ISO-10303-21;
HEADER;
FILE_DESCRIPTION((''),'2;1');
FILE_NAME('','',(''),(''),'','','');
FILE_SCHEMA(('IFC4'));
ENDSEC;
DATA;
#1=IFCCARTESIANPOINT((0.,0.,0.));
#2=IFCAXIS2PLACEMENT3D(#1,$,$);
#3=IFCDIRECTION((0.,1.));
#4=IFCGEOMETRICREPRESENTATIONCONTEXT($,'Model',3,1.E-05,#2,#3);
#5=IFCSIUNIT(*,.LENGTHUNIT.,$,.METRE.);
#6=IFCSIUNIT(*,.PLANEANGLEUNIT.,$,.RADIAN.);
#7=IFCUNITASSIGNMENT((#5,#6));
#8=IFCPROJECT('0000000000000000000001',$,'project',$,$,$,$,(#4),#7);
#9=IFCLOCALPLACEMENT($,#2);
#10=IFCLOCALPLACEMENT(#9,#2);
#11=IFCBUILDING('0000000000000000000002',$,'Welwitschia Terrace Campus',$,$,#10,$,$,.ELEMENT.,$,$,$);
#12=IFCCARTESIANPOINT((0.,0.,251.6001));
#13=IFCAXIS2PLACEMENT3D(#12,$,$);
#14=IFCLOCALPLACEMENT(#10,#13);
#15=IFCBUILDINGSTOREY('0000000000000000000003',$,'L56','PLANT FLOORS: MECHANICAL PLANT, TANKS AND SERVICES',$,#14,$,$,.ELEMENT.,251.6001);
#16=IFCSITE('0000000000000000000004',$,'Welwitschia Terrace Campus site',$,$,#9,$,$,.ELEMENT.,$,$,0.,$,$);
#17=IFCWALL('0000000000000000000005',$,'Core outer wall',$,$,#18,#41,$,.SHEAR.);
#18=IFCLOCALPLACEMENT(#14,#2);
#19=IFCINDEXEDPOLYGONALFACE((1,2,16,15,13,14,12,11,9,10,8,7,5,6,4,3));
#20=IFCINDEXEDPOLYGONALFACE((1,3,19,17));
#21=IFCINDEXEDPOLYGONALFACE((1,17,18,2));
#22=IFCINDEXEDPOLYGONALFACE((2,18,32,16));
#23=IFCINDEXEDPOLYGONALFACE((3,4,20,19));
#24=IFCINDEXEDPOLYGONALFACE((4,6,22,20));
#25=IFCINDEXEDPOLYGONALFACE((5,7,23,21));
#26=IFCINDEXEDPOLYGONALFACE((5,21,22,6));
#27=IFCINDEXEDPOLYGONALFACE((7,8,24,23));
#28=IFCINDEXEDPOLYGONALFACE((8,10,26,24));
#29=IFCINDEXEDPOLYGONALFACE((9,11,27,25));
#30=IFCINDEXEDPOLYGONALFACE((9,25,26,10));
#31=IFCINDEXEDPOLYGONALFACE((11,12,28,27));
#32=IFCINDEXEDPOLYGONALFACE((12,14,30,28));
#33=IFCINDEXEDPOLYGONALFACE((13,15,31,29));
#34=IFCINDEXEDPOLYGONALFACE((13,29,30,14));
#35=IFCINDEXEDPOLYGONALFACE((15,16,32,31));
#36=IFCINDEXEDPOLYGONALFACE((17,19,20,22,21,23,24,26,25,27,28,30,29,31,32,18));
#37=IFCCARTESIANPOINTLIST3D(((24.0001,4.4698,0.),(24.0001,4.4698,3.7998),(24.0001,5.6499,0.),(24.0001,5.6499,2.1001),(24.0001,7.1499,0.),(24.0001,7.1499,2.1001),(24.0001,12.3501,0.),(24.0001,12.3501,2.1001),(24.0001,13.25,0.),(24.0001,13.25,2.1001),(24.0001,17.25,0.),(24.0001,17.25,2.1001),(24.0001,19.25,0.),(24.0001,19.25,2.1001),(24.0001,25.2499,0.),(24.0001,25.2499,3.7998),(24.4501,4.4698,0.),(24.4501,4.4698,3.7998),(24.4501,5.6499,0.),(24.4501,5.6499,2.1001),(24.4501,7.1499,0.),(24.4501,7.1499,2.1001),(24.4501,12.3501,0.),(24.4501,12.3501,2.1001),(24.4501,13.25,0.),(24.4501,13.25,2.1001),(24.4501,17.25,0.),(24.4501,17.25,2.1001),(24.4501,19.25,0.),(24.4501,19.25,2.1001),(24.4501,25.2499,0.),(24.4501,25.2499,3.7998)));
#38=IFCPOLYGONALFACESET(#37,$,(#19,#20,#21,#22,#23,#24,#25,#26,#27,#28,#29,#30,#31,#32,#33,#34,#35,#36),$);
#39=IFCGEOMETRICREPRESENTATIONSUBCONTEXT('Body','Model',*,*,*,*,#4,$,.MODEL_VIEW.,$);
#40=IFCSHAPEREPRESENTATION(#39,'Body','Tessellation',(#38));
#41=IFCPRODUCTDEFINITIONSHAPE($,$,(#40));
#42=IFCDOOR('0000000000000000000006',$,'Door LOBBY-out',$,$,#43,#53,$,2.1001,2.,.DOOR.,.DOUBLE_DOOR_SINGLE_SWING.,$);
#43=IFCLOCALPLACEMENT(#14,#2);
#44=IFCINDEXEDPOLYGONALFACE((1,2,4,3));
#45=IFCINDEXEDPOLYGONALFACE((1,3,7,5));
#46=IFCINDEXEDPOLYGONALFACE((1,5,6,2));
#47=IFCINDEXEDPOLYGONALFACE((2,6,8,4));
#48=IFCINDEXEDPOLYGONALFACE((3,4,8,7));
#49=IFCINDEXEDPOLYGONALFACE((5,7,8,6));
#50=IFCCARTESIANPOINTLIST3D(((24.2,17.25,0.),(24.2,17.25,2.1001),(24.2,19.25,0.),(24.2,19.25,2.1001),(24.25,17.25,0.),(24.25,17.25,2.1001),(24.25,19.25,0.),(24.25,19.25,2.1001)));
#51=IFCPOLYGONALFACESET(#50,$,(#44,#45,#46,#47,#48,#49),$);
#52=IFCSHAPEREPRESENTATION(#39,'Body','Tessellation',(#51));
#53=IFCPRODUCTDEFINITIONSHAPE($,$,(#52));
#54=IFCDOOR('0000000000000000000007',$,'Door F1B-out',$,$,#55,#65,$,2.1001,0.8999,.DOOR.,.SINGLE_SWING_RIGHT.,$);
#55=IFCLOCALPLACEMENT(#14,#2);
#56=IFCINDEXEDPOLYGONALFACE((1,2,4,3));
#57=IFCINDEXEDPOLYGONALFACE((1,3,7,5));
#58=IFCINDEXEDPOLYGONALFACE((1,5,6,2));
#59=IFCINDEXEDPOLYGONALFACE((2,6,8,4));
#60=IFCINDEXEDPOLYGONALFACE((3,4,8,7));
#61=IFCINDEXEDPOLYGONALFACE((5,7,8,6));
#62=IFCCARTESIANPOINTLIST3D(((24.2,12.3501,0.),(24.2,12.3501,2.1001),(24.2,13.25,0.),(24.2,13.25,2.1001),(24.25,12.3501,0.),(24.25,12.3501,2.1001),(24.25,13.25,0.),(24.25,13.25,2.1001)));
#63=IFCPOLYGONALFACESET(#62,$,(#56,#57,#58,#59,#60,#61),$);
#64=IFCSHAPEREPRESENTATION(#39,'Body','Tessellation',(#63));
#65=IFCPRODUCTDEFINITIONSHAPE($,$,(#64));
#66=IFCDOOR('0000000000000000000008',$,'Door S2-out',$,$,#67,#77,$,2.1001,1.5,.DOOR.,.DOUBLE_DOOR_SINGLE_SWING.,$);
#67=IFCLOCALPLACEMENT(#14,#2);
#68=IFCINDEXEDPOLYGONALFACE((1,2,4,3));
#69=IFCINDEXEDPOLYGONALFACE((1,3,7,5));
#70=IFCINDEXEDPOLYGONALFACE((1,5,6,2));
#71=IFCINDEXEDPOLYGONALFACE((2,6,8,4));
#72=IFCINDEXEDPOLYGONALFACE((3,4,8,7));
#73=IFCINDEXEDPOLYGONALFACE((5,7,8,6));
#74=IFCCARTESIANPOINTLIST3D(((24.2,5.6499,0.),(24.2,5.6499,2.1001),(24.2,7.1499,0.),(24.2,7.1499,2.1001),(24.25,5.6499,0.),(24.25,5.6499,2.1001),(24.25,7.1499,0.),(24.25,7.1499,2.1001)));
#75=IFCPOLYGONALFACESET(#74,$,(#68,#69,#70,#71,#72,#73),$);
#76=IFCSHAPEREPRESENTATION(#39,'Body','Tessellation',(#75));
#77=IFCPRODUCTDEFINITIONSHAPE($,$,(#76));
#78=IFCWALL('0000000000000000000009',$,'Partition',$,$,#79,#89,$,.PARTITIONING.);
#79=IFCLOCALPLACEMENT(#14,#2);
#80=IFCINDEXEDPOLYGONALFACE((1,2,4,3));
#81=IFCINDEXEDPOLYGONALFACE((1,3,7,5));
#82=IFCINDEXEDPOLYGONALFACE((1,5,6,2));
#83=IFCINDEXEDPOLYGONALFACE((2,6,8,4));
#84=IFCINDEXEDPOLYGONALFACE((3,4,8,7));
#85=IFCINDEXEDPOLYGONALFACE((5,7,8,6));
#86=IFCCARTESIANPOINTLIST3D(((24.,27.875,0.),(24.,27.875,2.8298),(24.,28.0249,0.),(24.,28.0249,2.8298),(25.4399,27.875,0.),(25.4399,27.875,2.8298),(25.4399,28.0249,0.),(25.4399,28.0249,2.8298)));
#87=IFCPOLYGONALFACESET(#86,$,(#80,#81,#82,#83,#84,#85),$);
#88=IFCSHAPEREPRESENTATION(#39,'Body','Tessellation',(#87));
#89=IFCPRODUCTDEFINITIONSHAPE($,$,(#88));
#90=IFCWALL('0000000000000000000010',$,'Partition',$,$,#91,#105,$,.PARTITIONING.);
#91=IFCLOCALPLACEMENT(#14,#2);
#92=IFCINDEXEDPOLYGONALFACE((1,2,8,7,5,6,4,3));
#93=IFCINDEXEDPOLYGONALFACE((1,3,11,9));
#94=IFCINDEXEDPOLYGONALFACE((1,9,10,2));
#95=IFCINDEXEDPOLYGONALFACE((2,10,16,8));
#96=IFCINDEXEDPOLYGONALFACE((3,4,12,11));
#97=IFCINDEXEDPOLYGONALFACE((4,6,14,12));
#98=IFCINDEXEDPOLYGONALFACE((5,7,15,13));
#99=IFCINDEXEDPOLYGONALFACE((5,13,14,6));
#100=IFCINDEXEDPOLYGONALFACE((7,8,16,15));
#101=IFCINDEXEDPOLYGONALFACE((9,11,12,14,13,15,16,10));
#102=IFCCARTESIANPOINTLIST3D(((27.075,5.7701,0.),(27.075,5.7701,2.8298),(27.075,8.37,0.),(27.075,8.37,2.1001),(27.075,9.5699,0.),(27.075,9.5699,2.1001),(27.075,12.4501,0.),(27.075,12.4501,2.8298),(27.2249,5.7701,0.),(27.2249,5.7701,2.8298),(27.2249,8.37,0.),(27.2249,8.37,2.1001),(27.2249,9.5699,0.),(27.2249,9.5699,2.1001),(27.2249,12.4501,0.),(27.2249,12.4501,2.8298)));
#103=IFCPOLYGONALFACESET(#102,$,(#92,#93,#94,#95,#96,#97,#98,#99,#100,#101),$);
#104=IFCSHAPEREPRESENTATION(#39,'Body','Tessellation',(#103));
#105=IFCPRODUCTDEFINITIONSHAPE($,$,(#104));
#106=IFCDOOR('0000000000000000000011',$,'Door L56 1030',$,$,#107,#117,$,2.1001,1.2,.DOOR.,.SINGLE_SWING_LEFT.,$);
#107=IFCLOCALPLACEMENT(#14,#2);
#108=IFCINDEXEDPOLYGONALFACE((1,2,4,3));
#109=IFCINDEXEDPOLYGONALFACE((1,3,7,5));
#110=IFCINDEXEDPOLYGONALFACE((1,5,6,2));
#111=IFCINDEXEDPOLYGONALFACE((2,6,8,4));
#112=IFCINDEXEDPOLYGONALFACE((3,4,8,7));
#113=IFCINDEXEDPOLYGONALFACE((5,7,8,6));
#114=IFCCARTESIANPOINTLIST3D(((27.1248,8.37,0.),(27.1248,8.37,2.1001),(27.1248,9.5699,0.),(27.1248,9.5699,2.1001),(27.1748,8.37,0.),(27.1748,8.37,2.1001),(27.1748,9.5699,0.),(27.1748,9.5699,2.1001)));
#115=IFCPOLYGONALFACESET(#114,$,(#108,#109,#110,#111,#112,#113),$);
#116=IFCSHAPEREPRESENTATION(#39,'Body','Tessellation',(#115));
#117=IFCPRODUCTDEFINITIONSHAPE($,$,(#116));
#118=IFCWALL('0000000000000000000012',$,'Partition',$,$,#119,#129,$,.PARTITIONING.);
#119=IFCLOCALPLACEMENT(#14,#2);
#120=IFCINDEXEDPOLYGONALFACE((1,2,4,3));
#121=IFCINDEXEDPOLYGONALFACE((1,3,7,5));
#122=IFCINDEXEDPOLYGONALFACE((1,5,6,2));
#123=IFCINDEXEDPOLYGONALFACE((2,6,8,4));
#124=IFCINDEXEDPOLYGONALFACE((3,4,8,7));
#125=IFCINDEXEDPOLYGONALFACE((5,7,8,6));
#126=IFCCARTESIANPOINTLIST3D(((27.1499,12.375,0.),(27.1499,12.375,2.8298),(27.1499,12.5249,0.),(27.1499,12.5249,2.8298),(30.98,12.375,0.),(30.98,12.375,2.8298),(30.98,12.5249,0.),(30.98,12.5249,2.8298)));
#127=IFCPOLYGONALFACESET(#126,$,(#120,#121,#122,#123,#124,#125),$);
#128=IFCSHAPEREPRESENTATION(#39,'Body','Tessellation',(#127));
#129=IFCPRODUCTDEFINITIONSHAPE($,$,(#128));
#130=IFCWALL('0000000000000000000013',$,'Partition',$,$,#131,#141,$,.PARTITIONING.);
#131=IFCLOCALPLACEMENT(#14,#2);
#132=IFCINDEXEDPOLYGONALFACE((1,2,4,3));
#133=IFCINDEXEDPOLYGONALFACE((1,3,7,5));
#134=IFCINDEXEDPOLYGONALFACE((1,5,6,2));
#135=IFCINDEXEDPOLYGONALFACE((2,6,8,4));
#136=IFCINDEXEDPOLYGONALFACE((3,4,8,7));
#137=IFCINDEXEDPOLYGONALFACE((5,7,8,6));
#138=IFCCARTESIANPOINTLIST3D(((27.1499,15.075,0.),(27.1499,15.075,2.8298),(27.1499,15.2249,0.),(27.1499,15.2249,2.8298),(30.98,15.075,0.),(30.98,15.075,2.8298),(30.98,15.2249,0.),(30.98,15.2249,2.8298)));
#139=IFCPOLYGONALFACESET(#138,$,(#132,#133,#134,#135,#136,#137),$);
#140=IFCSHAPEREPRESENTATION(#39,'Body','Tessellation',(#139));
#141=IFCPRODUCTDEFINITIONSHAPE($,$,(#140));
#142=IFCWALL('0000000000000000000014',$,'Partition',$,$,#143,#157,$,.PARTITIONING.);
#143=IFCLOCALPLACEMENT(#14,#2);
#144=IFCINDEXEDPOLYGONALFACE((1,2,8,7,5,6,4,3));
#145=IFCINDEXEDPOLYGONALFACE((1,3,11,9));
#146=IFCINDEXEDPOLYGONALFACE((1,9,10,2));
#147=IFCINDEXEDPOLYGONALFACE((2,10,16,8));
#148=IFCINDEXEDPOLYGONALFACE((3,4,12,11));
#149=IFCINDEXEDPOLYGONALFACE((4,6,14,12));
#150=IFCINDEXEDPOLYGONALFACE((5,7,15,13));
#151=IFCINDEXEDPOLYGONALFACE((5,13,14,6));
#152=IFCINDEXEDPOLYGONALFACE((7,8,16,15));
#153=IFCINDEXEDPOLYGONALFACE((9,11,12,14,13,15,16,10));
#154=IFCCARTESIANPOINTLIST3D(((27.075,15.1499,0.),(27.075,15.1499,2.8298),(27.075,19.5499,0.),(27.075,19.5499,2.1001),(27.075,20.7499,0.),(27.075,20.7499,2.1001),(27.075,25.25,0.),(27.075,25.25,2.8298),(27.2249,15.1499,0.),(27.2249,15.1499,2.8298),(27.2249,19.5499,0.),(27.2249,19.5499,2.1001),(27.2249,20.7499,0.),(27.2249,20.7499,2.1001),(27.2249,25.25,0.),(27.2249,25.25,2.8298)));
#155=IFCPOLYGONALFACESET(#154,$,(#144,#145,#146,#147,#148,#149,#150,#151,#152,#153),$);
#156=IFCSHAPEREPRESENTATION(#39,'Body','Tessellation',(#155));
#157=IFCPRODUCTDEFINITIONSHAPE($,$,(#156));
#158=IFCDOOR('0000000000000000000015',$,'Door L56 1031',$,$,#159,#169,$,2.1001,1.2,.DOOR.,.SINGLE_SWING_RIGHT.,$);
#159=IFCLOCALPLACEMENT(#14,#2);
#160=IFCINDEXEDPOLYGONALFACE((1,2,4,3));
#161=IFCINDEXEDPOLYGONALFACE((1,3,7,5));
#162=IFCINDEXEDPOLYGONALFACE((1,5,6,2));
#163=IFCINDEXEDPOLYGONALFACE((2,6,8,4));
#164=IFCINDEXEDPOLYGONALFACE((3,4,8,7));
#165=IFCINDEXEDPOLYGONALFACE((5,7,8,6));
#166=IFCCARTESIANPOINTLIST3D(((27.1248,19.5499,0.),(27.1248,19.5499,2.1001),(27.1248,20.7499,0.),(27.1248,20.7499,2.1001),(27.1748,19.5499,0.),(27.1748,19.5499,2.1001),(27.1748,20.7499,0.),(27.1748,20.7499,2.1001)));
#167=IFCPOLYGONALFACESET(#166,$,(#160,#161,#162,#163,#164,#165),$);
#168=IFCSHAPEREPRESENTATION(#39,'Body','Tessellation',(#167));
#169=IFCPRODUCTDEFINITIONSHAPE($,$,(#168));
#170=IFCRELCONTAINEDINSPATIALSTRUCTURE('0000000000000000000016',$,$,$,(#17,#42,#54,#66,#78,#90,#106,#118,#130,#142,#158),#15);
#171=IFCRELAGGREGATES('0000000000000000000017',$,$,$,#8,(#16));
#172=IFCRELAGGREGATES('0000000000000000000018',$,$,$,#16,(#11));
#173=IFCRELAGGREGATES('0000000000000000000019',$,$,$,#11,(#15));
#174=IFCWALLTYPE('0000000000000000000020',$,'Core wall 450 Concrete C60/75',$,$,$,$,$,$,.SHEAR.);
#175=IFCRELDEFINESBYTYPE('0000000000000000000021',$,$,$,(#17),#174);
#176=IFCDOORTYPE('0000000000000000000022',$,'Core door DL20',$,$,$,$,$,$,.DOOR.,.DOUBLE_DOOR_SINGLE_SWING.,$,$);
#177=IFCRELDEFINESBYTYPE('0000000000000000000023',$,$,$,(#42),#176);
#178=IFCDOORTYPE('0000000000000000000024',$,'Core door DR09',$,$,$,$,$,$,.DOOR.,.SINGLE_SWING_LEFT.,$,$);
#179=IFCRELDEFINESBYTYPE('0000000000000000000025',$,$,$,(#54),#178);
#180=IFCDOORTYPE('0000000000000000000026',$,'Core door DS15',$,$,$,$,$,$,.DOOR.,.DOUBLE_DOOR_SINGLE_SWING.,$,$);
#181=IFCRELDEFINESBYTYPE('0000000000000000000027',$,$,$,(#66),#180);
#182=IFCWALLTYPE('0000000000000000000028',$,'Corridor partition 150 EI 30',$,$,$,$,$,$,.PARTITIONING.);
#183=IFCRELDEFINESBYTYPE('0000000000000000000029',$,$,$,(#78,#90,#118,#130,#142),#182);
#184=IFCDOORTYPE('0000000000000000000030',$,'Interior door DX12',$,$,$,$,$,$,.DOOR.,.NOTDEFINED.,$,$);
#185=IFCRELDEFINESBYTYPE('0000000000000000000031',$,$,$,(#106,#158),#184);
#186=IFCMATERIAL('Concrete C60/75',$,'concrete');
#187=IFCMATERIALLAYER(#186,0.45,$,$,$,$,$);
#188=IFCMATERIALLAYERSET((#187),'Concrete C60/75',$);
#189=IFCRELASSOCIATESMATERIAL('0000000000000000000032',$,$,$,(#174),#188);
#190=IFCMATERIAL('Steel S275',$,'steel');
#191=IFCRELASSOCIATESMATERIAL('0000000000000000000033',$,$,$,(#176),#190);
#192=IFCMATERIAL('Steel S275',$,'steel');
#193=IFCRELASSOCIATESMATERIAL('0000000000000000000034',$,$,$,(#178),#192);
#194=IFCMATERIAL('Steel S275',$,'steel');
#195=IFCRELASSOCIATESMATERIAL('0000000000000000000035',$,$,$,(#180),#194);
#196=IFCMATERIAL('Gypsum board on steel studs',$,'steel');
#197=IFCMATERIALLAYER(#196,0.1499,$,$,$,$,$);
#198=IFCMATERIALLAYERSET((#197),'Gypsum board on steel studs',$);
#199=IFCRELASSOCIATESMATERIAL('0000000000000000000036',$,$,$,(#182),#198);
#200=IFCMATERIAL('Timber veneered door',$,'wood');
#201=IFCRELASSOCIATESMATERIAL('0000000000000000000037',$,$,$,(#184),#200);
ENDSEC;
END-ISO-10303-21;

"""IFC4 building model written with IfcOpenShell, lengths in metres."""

from ifc_helpers import new_model, si_unit, direction, frame, frame_2d, origin, place, context, subcontext, project, spatial, rectangle, extrude, material, layer, layer_set, type_object, element, fill, save


model = new_model("IFC4")

# Units and contexts
model_context = context("Model", 3, precision=1e-05, world=origin(), true_north=direction((0.0, 1.0)))
body_context = subcontext(model_context, "Body", "Model", "MODEL_VIEW")
ifc_project = project(units=[si_unit("LENGTHUNIT", "METRE"), si_unit("PLANEANGLEUNIT", "RADIAN")], contexts=[model_context])

# Site, building, storey
site_placement = place(None, origin())
site = spatial("IfcSite", under=ifc_project, at=site_placement, Name="Welwitschia Terrace Campus site", CompositionType="ELEMENT", RefElevation=0.0)
building_placement = place(site_placement, origin())
building = spatial("IfcBuilding", under=site, at=building_placement, Name="Welwitschia Terrace Campus", CompositionType="ELEMENT")
storey_placement = place(building_placement, frame((0.0, 0.0, 251.6001)))
storey = spatial("IfcBuildingStorey", under=building, at=storey_placement, Name="L56", Description="PLANT FLOORS: MECHANICAL PLANT, TANKS AND SERVICES", CompositionType="ELEMENT", Elevation=251.6001)

# Wall, openings, doors
ifc_material_1 = material(Name="Concrete C60/75", Category="concrete")
ifc_layer_1 = layer(ifc_material_1, 0.45)
ifc_layer_set_1 = layer_set([ifc_layer_1], Name="Concrete C60/75")
wall_type_1 = type_object("IfcWallType", Name="Core wall 450 Concrete C60/75", PredefinedType="SHEAR", material=ifc_layer_set_1)
wall_1_placement = place(storey_placement, frame((24.2251, 25.25, 0.0), z_axis=(0.0, 0.0, 1.0), x_axis=(0.0, -1.0, 0.0)))
wall_1 = element("IfcWall", 1, at=wall_1_placement, inside=storey, type_object=wall_type_1, Name="Core outer wall", PredefinedType="SHEAR", context=body_context, shape_type="SweptSolid", body=[
    extrude(rectangle(XDim=20.78, YDim=0.45, at=frame_2d((10.3901, 0.0))), origin(), (0.0, 0.0, 1.0), 3.7998),
])
opening_1_placement = place(wall_1_placement, frame((18.1001, 0.0, 0.0)))
opening_1 = element("IfcOpeningElement", 2, at=opening_1_placement, cuts=wall_1, PredefinedType="OPENING", context=body_context, shape_type="SweptSolid", body=[
    extrude(rectangle(XDim=1.5, YDim=2.1001, at=frame_2d((0.75, 1.05))), frame((0.0, 0.2349, 0.0), z_axis=(0.0, -1.0, 0.0), x_axis=(1.0, 0.0, 0.0)), (0.0, 0.0, 1.0), 0.47),
])
opening_2_placement = place(wall_1_placement, frame((12.0, 0.0, 0.0)))
opening_2 = element("IfcOpeningElement", 3, at=opening_2_placement, cuts=wall_1, PredefinedType="OPENING", context=body_context, shape_type="SweptSolid", body=[
    extrude(rectangle(XDim=0.8999, YDim=2.1001, at=frame_2d((0.45, 1.05))), frame((0.0, 0.2349, 0.0), z_axis=(0.0, -1.0, 0.0), x_axis=(1.0, 0.0, 0.0)), (0.0, 0.0, 1.0), 0.47),
])
opening_3_placement = place(wall_1_placement, frame((6.0, 0.0, 0.0)))
opening_3 = element("IfcOpeningElement", 4, at=opening_3_placement, cuts=wall_1, PredefinedType="OPENING", context=body_context, shape_type="SweptSolid", body=[
    extrude(rectangle(XDim=2.0, YDim=2.1001, at=frame_2d((1.0, 1.05))), frame((0.0, 0.2349, 0.0), z_axis=(0.0, -1.0, 0.0), x_axis=(1.0, 0.0, 0.0)), (0.0, 0.0, 1.0), 0.47),
])
ifc_material_2 = material(Name="Steel S275", Category="steel")
door_type_1 = type_object("IfcDoorType", Name="Core door DL20", OperationType="DOUBLE_DOOR_SINGLE_SWING", PredefinedType="DOOR", material=ifc_material_2)
door_1_placement = place(opening_3_placement, origin())
door_1 = element("IfcDoor", 5, at=door_1_placement, inside=storey, type_object=door_type_1, Name="Door LOBBY-out", OperationType="DOUBLE_DOOR_SINGLE_SWING", OverallHeight=2.1001, OverallWidth=2.0, PredefinedType="DOOR", context=body_context, shape_type="SweptSolid", body=[
    extrude(rectangle(XDim=2.0, YDim=2.1001, at=frame_2d((1.0, 1.05))), frame((0.0, 0.0249, 0.0), z_axis=(0.0, -1.0, 0.0), x_axis=(1.0, 0.0, 0.0)), (0.0, 0.0, 1.0), 0.05),
])
fill(opening_3, door_1)
ifc_material_3 = material(Name="Steel S275", Category="steel")
door_type_2 = type_object("IfcDoorType", Name="Core door DR09", OperationType="SINGLE_SWING_LEFT", PredefinedType="DOOR", material=ifc_material_3)
door_2_placement = place(opening_2_placement, origin())
door_2 = element("IfcDoor", 6, at=door_2_placement, inside=storey, type_object=door_type_2, Name="Door F1B-out", OperationType="SINGLE_SWING_RIGHT", OverallHeight=2.1001, OverallWidth=0.8999, PredefinedType="DOOR", context=body_context, shape_type="SweptSolid", body=[
    extrude(rectangle(XDim=0.8999, YDim=2.1001, at=frame_2d((0.45, 1.05))), frame((0.0, 0.0249, 0.0), z_axis=(0.0, -1.0, 0.0), x_axis=(1.0, 0.0, 0.0)), (0.0, 0.0, 1.0), 0.05),
])
fill(opening_2, door_2)
ifc_material_4 = material(Name="Steel S275", Category="steel")
door_type_3 = type_object("IfcDoorType", Name="Core door DS15", OperationType="DOUBLE_DOOR_SINGLE_SWING", PredefinedType="DOOR", material=ifc_material_4)
door_3_placement = place(opening_1_placement, origin())
door_3 = element("IfcDoor", 7, at=door_3_placement, inside=storey, type_object=door_type_3, Name="Door S2-out", OperationType="DOUBLE_DOOR_SINGLE_SWING", OverallHeight=2.1001, OverallWidth=1.5, PredefinedType="DOOR", context=body_context, shape_type="SweptSolid", body=[
    extrude(rectangle(XDim=1.5, YDim=2.1001, at=frame_2d((0.75, 1.05))), frame((0.0, 0.0249, 0.0), z_axis=(0.0, -1.0, 0.0), x_axis=(1.0, 0.0, 0.0)), (0.0, 0.0, 1.0), 0.05),
])
fill(opening_1, door_3)

# Wall
ifc_material_5 = material(Name="Gypsum board on steel studs", Category="steel")
ifc_layer_2 = layer(ifc_material_5, 0.1499)
ifc_layer_set_2 = layer_set([ifc_layer_2], Name="Gypsum board on steel studs")
wall_type_2 = type_object("IfcWallType", Name="Corridor partition 150 EI 30", PredefinedType="PARTITIONING", material=ifc_layer_set_2)
wall_2_placement = place(storey_placement, frame((24.0, 27.95, 0.0), z_axis=(0.0, 0.0, 1.0), x_axis=(1.0, 0.0, 0.0)))
element("IfcWall", 8, at=wall_2_placement, inside=storey, type_object=wall_type_2, Name="Partition", PredefinedType="PARTITIONING", context=body_context, shape_type="SweptSolid", body=[
    extrude(rectangle(XDim=1.4399, YDim=0.1499, at=frame_2d((0.72, 0.0))), origin(), (0.0, 0.0, 1.0), 2.8298),
])

# Wall, opening, door
wall_3_placement = place(storey_placement, frame((27.1499, 12.45, 0.0), z_axis=(0.0, 0.0, 1.0), x_axis=(0.0, -1.0, 0.0)))
wall_3 = element("IfcWall", 9, at=wall_3_placement, inside=storey, type_object=wall_type_2, Name="Partition", PredefinedType="PARTITIONING", context=body_context, shape_type="SweptSolid", body=[
    extrude(rectangle(XDim=6.6799, YDim=0.1499, at=frame_2d((3.3398, 0.0))), origin(), (0.0, 0.0, 1.0), 2.8298),
])
opening_4_placement = place(wall_3_placement, frame((2.8799, 0.0, 0.0)))
opening_4 = element("IfcOpeningElement", 10, at=opening_4_placement, cuts=wall_3, PredefinedType="OPENING", context=body_context, shape_type="SweptSolid", body=[
    extrude(rectangle(XDim=1.2, YDim=2.1001, at=frame_2d((0.6001, 1.05))), frame((0.0, 0.085, 0.0), z_axis=(0.0, -1.0, 0.0), x_axis=(1.0, 0.0, 0.0)), (0.0, 0.0, 1.0), 0.1699),
])
ifc_material_6 = material(Name="Timber veneered door", Category="wood")
door_type_4 = type_object("IfcDoorType", Name="Interior door DX12", OperationType="NOTDEFINED", PredefinedType="DOOR", material=ifc_material_6)
door_4_placement = place(opening_4_placement, origin())
door_4 = element("IfcDoor", 11, at=door_4_placement, inside=storey, type_object=door_type_4, Name="Door L56 1030", OperationType="SINGLE_SWING_LEFT", OverallHeight=2.1001, OverallWidth=1.2, PredefinedType="DOOR", context=body_context, shape_type="SweptSolid", body=[
    extrude(rectangle(XDim=1.2, YDim=2.1001, at=frame_2d((0.6001, 1.05))), frame((0.0, 0.0249, 0.0), z_axis=(0.0, -1.0, 0.0), x_axis=(1.0, 0.0, 0.0)), (0.0, 0.0, 1.0), 0.05),
])
fill(opening_4, door_4)

# Walls
for number, where, z_axis, x_axis, name in (
    (12, (27.1499, 12.45, 0.0), (0.0, 0.0, 1.0), (1.0, 0.0, 0.0), "Partition"),
    (13, (27.1499, 15.1499, 0.0), (0.0, 0.0, 1.0), (1.0, 0.0, 0.0), "Partition"),
):
    element("IfcWall", number, at=place(storey_placement, frame(where, z_axis=z_axis, x_axis=x_axis)), inside=storey, type_object=wall_type_2, Name=name, PredefinedType="PARTITIONING", context=body_context, shape_type="SweptSolid", body=[
        extrude(rectangle(XDim=3.8301, YDim=0.1499, at=frame_2d((1.915, 0.0))), origin(), (0.0, 0.0, 1.0), 2.8298),
    ])

# Wall, opening, door
wall_4_placement = place(storey_placement, frame((27.1499, 25.25, 0.0), z_axis=(0.0, 0.0, 1.0), x_axis=(0.0, -1.0, 0.0)))
wall_4 = element("IfcWall", 14, at=wall_4_placement, inside=storey, type_object=wall_type_2, Name="Partition", PredefinedType="PARTITIONING", context=body_context, shape_type="SweptSolid", body=[
    extrude(rectangle(XDim=10.1001, YDim=0.1499, at=frame_2d((5.05, 0.0))), origin(), (0.0, 0.0, 1.0), 2.8298),
])
opening_5_placement = place(wall_4_placement, frame((4.5, 0.0, 0.0)))
opening_5 = element("IfcOpeningElement", 15, at=opening_5_placement, cuts=wall_4, PredefinedType="OPENING", context=body_context, shape_type="SweptSolid", body=[
    extrude(rectangle(XDim=1.2, YDim=2.1001, at=frame_2d((0.6001, 1.05))), frame((0.0, 0.085, 0.0), z_axis=(0.0, -1.0, 0.0), x_axis=(1.0, 0.0, 0.0)), (0.0, 0.0, 1.0), 0.1699),
])
door_5_placement = place(opening_5_placement, origin())
door_5 = element("IfcDoor", 16, at=door_5_placement, inside=storey, type_object=door_type_4, Name="Door L56 1031", OperationType="SINGLE_SWING_RIGHT", OverallHeight=2.1001, OverallWidth=1.2, PredefinedType="DOOR", context=body_context, shape_type="SweptSolid", body=[
    extrude(rectangle(XDim=1.2, YDim=2.1001, at=frame_2d((0.6001, 1.05))), frame((0.0, 0.0249, 0.0), z_axis=(0.0, -1.0, 0.0), x_axis=(1.0, 0.0, 0.0)), (0.0, 0.0, 1.0), 0.05),
])
fill(opening_5, door_5)

save(model, "model.ifc")
